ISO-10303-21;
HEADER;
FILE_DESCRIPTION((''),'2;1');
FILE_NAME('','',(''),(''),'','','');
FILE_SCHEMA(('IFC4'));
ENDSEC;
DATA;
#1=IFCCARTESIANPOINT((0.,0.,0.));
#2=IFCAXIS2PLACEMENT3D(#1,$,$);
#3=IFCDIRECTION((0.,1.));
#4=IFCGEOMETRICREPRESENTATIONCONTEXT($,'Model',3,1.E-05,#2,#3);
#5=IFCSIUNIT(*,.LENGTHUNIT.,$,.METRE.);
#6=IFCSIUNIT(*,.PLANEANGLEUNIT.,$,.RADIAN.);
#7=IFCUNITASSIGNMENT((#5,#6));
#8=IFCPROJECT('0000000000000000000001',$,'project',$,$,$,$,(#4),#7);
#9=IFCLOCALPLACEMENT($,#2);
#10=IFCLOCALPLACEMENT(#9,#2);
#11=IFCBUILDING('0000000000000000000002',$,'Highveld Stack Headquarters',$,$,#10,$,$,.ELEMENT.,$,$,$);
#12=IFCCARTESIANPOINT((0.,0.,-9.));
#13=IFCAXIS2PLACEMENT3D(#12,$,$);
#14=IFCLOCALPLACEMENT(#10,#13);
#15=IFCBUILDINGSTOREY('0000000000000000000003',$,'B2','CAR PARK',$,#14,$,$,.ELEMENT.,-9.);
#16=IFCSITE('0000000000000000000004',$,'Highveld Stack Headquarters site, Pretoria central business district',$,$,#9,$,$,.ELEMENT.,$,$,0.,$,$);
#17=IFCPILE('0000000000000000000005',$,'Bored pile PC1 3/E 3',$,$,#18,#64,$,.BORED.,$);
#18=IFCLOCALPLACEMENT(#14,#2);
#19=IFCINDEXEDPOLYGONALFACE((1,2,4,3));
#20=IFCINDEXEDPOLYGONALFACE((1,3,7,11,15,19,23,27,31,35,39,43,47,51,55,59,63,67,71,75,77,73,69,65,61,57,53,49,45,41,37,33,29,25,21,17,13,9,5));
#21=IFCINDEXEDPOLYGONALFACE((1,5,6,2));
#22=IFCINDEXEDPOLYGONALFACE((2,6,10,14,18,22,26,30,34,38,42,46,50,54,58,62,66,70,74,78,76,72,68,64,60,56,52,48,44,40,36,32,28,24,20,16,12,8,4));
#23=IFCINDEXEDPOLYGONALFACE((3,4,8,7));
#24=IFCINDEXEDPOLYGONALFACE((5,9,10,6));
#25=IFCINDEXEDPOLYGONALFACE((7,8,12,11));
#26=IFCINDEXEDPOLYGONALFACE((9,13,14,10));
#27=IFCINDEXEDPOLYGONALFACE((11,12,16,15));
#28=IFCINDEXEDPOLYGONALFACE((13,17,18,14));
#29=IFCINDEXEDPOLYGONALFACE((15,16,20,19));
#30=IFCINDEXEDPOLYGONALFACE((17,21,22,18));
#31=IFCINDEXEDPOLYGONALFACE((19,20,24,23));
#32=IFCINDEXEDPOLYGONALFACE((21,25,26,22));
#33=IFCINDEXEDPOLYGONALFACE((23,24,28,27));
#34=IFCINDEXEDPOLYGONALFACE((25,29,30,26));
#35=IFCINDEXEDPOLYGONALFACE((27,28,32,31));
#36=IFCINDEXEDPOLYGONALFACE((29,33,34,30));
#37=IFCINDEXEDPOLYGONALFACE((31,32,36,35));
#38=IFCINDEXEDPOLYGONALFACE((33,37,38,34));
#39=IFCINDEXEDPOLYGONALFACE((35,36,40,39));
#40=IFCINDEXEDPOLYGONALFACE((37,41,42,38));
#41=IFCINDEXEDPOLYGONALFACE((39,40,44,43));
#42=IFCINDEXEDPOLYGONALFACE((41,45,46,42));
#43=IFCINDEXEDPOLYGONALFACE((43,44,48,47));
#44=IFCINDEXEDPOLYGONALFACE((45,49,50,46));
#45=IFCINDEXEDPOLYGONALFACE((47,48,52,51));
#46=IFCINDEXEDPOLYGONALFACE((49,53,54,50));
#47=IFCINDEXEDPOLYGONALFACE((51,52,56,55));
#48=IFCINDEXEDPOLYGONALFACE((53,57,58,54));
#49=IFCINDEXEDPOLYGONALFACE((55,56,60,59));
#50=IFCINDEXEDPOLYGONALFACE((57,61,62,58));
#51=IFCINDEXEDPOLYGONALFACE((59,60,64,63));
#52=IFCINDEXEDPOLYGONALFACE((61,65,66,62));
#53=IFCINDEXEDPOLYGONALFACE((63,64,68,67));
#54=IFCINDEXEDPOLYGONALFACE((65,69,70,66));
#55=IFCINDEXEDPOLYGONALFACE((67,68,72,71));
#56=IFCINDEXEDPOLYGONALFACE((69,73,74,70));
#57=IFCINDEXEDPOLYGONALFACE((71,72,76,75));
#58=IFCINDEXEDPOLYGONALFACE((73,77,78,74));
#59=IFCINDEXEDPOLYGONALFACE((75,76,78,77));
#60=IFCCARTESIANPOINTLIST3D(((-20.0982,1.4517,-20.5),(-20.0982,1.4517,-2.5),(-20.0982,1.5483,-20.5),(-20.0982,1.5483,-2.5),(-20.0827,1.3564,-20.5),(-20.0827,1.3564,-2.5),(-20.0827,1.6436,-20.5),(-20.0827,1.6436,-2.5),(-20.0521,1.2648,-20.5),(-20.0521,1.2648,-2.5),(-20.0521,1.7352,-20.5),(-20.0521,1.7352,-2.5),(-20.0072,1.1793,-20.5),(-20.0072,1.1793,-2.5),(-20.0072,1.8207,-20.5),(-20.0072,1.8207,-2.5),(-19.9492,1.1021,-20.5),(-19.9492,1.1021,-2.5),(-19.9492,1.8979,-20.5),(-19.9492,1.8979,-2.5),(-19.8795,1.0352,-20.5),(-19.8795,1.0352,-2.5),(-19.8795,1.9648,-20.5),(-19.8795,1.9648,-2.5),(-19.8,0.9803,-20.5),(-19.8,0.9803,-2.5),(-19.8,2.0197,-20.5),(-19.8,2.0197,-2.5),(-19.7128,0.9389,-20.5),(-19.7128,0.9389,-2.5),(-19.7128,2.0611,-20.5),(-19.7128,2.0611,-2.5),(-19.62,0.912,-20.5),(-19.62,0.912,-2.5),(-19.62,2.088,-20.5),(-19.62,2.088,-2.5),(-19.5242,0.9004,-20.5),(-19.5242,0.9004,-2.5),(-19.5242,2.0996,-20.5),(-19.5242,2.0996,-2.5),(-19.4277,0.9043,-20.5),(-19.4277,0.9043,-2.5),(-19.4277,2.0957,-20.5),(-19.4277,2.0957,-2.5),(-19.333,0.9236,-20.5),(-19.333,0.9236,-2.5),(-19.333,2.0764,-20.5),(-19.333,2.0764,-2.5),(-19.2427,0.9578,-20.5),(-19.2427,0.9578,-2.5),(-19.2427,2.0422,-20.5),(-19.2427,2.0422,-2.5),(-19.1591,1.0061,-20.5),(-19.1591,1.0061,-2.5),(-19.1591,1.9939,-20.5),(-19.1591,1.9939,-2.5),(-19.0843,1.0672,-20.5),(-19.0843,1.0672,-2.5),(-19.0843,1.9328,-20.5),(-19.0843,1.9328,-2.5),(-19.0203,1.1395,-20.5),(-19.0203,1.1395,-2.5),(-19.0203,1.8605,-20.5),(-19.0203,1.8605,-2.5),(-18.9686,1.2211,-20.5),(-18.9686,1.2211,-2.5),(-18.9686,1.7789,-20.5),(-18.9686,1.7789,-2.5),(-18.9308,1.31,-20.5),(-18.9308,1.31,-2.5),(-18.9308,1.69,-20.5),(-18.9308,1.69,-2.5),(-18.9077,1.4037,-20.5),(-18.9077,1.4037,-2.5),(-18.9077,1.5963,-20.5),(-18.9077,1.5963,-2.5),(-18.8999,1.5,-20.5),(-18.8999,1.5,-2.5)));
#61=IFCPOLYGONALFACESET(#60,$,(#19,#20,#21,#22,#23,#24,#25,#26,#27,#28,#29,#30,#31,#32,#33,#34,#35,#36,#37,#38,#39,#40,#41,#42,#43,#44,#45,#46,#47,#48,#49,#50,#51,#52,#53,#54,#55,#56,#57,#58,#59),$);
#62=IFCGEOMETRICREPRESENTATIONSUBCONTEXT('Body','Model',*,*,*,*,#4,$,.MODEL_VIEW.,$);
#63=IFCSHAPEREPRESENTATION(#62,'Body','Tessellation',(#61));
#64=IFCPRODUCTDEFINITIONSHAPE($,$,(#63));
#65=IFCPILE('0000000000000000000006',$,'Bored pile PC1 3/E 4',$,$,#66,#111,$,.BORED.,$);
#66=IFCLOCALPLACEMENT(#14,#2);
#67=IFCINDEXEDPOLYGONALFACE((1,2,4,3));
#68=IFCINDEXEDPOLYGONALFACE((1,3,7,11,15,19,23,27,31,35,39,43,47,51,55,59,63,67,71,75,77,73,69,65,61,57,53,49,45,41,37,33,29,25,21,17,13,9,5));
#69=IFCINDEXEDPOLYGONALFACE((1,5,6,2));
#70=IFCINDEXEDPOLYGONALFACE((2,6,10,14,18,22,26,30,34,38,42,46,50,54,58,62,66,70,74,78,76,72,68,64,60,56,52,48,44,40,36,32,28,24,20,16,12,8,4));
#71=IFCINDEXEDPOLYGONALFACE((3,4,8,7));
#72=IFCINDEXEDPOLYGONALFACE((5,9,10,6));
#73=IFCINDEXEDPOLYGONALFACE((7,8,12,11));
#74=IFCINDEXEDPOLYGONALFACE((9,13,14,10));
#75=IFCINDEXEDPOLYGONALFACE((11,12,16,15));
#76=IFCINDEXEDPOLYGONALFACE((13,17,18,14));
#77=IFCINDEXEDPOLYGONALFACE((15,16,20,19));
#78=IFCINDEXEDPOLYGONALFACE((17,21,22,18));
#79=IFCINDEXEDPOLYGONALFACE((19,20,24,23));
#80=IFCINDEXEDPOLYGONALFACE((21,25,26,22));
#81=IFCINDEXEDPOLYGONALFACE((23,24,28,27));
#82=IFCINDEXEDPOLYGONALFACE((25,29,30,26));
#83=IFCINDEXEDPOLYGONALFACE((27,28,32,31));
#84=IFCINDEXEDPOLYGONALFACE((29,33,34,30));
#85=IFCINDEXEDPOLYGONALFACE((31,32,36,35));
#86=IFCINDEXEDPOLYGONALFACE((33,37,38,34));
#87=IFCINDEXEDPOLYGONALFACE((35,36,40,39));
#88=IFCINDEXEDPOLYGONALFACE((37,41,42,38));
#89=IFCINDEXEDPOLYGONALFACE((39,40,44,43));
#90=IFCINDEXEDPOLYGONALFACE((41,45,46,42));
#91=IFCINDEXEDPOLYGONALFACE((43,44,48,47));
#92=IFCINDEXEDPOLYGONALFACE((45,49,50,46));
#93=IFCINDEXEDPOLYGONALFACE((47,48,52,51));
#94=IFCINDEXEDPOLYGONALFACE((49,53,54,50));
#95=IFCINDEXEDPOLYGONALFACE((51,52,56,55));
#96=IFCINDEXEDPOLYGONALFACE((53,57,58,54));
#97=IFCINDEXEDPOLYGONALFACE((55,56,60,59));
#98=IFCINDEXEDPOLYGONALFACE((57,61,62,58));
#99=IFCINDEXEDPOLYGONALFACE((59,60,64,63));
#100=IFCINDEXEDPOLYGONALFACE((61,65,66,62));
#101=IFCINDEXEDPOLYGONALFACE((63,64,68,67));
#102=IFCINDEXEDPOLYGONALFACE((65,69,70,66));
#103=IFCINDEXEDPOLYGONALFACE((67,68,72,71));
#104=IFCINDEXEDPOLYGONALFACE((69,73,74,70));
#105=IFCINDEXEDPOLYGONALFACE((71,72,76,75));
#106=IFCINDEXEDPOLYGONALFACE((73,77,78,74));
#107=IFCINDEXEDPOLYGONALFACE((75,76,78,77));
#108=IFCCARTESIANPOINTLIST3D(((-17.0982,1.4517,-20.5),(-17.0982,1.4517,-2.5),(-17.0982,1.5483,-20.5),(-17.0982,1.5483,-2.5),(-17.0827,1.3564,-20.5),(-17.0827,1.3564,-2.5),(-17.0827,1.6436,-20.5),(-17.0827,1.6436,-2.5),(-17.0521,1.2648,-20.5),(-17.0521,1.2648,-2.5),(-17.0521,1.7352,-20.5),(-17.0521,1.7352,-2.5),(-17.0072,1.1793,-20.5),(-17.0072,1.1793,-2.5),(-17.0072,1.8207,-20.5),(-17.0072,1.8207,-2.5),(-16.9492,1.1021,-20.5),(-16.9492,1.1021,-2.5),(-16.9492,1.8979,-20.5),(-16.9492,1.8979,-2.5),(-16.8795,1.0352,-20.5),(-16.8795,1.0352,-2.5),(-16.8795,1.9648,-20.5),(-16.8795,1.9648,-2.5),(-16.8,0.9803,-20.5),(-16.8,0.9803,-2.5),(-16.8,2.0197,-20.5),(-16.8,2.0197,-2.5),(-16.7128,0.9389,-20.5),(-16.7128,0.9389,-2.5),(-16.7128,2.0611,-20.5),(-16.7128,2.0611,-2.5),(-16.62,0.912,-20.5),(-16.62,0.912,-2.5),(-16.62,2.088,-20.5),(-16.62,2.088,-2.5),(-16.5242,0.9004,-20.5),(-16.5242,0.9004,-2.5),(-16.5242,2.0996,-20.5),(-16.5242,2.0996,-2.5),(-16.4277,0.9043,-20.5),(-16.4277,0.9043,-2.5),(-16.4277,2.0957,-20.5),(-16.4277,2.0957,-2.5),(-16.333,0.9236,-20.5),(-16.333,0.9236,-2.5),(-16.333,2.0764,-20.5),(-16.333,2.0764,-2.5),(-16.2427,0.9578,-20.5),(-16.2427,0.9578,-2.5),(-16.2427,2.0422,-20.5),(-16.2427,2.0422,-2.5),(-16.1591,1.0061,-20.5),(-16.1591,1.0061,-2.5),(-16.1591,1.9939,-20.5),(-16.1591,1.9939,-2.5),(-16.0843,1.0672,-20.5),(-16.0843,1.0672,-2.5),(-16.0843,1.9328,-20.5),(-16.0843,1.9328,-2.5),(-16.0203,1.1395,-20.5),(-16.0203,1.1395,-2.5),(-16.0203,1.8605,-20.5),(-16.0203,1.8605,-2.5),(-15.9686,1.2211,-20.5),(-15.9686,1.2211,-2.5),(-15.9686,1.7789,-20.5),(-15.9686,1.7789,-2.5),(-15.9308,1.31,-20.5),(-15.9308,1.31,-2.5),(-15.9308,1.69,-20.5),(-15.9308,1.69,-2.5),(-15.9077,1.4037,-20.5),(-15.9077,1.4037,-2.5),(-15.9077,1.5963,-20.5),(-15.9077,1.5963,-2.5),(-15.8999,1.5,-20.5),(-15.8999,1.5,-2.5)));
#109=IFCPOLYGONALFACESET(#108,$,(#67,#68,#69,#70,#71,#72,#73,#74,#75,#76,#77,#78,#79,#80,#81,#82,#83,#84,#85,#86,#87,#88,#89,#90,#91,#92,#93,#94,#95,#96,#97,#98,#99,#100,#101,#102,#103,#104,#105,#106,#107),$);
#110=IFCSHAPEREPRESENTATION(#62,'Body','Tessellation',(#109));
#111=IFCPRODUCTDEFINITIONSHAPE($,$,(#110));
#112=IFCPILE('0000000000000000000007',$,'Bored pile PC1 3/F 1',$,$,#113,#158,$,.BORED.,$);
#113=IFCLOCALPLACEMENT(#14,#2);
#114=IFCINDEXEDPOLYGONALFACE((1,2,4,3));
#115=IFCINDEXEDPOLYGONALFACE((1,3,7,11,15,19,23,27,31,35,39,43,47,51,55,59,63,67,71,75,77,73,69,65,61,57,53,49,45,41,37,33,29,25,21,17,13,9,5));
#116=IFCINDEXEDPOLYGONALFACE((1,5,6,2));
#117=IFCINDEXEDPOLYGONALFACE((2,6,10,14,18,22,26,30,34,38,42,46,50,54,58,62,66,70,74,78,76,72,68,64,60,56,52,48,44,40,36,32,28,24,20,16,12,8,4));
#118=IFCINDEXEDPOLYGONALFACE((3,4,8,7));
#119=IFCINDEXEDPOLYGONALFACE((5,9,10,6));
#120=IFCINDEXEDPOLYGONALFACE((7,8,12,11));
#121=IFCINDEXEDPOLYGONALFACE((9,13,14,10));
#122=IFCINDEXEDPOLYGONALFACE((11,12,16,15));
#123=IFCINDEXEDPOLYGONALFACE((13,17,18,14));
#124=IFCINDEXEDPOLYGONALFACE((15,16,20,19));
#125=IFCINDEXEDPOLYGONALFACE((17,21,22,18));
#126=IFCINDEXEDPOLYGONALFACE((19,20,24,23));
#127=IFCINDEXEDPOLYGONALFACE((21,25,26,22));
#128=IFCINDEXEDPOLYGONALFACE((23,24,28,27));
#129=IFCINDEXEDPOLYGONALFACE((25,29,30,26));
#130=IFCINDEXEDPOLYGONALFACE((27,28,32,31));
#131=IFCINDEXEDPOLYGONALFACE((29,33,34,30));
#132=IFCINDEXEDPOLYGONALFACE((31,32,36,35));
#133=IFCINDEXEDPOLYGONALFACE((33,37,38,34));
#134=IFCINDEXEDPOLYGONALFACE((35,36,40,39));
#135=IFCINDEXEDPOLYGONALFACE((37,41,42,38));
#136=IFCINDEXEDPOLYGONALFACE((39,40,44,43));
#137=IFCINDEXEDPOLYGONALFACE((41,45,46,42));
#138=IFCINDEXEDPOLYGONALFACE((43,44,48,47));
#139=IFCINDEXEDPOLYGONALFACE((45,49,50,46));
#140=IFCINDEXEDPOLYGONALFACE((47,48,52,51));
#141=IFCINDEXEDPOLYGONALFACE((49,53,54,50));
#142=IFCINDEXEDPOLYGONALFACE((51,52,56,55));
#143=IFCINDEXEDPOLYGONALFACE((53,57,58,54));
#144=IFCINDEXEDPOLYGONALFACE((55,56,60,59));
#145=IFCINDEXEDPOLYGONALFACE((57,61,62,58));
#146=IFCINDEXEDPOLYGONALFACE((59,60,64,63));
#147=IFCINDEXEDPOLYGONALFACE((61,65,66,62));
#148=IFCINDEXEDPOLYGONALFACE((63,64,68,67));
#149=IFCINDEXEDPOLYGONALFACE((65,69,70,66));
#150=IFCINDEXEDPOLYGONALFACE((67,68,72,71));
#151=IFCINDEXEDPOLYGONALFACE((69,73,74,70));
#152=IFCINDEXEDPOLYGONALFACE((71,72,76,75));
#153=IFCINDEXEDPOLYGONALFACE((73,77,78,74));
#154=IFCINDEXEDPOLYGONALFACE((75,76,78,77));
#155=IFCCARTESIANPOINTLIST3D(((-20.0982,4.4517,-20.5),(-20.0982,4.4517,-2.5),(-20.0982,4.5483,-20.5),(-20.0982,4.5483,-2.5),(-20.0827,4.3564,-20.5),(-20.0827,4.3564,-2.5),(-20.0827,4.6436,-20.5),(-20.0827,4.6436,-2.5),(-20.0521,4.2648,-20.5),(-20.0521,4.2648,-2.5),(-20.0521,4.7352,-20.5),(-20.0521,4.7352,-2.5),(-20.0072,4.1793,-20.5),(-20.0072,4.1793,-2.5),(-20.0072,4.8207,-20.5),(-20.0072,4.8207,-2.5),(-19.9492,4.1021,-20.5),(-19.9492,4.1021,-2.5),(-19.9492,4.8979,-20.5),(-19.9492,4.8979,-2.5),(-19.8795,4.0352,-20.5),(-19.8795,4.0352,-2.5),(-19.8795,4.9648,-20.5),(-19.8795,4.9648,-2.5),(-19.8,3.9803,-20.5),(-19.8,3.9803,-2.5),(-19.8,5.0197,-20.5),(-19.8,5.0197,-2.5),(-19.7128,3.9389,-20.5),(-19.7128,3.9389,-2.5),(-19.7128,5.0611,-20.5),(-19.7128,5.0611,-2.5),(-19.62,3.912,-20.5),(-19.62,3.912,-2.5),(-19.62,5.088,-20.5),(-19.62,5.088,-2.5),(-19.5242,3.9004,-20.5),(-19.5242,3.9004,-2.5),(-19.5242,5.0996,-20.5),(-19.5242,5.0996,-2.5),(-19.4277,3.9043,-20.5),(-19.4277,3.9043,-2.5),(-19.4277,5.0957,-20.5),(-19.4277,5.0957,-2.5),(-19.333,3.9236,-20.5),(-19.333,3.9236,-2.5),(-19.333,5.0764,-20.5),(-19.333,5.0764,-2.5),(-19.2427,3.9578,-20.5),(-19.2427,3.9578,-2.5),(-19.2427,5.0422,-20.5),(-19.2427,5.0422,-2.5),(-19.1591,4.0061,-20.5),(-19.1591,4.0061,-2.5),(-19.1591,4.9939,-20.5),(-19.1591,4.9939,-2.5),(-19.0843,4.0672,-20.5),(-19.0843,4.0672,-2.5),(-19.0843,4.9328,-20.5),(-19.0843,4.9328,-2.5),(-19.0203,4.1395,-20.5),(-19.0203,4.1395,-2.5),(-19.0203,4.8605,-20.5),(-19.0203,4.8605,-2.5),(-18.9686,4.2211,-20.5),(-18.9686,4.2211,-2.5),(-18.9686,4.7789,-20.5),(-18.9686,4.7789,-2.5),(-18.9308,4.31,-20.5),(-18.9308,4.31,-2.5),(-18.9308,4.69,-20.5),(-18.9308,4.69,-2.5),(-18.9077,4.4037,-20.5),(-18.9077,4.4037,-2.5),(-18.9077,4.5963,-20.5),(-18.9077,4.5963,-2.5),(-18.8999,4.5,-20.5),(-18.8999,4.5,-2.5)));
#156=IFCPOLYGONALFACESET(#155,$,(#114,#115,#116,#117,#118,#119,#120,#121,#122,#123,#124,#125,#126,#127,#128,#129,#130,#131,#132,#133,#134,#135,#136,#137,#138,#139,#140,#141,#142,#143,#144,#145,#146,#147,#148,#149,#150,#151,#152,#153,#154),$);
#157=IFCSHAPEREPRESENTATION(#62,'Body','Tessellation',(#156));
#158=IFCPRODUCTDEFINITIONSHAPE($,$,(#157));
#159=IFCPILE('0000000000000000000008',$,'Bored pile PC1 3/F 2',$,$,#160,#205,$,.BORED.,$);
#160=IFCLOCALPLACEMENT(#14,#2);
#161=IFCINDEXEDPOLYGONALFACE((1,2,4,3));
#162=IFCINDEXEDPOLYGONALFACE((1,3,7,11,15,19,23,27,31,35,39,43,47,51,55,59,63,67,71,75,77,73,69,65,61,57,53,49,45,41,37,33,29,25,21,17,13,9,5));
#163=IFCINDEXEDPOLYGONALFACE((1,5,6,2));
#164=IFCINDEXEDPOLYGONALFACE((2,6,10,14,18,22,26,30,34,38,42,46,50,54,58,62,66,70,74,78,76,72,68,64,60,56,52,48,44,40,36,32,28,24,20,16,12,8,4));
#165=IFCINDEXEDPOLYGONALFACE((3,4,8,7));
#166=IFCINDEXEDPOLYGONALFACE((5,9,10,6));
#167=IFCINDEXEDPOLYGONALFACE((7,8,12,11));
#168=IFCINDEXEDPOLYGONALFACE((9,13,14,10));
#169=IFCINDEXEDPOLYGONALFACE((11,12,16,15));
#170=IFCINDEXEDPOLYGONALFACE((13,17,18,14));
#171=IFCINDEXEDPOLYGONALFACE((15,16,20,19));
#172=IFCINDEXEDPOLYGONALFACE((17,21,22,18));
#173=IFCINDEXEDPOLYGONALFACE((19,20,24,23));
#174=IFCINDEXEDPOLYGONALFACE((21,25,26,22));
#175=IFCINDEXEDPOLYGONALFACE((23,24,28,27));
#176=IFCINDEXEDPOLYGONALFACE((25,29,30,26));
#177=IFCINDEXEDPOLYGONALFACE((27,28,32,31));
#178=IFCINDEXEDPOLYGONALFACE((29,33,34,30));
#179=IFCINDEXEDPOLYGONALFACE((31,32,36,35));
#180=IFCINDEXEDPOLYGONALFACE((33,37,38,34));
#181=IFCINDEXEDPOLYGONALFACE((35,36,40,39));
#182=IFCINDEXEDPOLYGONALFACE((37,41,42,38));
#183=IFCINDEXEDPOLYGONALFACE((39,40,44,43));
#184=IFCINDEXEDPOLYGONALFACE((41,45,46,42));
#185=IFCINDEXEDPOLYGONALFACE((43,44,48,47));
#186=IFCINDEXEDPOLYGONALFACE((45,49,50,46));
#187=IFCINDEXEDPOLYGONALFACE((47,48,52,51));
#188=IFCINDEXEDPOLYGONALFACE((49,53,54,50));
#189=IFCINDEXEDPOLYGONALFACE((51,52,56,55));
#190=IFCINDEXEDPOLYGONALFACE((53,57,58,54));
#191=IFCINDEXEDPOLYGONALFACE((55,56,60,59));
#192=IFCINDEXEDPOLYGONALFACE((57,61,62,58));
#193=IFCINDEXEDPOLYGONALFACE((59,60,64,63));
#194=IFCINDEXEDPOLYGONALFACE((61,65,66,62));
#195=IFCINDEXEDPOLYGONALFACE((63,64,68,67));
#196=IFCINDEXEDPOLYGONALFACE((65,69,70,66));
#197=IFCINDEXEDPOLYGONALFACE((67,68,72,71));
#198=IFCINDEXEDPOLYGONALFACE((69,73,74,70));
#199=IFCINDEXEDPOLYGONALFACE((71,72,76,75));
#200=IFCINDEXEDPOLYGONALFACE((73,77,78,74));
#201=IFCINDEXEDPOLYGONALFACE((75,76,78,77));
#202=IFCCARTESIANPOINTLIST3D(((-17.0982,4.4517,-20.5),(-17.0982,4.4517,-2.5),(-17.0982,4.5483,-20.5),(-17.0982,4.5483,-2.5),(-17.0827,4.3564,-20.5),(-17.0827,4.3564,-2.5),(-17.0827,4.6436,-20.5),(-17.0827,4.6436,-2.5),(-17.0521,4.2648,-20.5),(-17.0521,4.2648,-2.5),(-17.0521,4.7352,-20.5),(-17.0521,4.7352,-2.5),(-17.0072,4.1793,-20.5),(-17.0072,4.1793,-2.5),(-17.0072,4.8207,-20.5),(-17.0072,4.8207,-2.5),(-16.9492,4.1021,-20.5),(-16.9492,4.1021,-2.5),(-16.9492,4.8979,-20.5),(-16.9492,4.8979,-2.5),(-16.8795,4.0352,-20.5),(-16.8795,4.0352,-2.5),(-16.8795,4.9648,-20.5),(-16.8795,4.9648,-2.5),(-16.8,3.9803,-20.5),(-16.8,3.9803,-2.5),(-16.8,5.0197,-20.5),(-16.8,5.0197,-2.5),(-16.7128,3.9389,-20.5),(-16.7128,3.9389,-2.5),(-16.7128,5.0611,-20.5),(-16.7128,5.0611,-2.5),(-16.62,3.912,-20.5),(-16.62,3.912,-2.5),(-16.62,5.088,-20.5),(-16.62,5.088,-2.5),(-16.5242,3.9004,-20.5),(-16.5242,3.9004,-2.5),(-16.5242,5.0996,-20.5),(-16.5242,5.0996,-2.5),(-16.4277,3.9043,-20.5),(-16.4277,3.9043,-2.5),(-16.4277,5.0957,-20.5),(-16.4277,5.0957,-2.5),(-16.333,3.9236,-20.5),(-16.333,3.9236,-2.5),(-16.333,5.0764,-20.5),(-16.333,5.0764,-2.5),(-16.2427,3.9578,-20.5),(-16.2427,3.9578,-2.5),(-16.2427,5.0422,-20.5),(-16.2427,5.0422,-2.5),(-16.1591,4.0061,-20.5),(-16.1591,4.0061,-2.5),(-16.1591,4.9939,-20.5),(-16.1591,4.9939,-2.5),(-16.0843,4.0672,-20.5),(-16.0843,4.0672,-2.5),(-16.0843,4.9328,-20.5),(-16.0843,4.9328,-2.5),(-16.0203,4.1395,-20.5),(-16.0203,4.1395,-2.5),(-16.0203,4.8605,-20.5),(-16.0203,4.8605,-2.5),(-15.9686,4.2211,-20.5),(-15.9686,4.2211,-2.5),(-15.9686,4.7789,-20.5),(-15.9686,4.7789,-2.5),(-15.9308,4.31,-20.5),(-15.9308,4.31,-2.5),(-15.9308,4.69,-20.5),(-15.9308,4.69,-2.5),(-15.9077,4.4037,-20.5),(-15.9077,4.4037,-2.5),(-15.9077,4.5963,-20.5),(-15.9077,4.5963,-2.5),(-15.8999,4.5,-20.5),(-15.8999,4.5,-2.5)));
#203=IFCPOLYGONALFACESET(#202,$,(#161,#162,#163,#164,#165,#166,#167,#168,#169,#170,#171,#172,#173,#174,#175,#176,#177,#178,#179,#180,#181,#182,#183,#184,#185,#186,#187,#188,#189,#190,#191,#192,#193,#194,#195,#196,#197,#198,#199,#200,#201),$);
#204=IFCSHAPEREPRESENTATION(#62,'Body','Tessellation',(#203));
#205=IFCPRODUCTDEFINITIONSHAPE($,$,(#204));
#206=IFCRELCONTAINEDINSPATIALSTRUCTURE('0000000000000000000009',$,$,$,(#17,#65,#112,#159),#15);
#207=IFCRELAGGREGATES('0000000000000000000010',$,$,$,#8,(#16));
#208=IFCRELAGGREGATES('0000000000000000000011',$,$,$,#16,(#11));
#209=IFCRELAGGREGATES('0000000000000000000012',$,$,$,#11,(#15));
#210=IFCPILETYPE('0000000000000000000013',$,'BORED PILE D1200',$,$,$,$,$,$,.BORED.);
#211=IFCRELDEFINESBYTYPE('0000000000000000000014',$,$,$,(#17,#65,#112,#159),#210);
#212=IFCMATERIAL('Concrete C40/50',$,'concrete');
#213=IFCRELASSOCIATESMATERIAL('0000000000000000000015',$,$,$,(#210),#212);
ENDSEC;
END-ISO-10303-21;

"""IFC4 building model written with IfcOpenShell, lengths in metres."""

from ifc_helpers import new_model, si_unit, direction, frame, origin, origin_2d, place, context, subcontext, project, spatial, circle, extrude, material, type_object, element, save


model = new_model("IFC4")

# Units and contexts
model_context = context("Model", 3, precision=1e-05, world=origin(), true_north=direction((0.0, 1.0)))
body_context = subcontext(model_context, "Body", "Model", "MODEL_VIEW")
ifc_project = project(units=[si_unit("LENGTHUNIT", "METRE"), si_unit("PLANEANGLEUNIT", "RADIAN")], contexts=[model_context])

# Site, building, storey
site_placement = place(None, origin())
site = spatial("IfcSite", under=ifc_project, at=site_placement, Name="Highveld Stack Headquarters site, Pretoria central business district", CompositionType="ELEMENT", RefElevation=0.0)
building_placement = place(site_placement, origin())
building = spatial("IfcBuilding", under=site, at=building_placement, Name="Highveld Stack Headquarters", CompositionType="ELEMENT")
storey_placement = place(building_placement, frame((0.0, 0.0, -9.0)))
storey = spatial("IfcBuildingStorey", under=building, at=storey_placement, Name="B2", Description="CAR PARK", CompositionType="ELEMENT", Elevation=-9.0)

# Piles
ifc_material_1 = material(Name="Concrete C40/50", Category="concrete")
pile_type_1 = type_object("IfcPileType", Name="BORED PILE D1200", PredefinedType="BORED", material=ifc_material_1)
for number, where, z_axis, x_axis, name in (
    (1, (-19.5, 1.5, -2.5), (0.0, 0.0, -1.0), (1.0, 0.0, 0.0), "Bored pile PC1 3/E 3"),
    (2, (-16.5, 1.5, -2.5), (0.0, 0.0, -1.0), (1.0, 0.0, 0.0), "Bored pile PC1 3/E 4"),
    (3, (-19.5, 4.5, -2.5), (0.0, 0.0, -1.0), (1.0, 0.0, 0.0), "Bored pile PC1 3/F 1"),
    (4, (-16.5, 4.5, -2.5), (0.0, 0.0, -1.0), (1.0, 0.0, 0.0), "Bored pile PC1 3/F 2"),
):
    element("IfcPile", number, at=place(storey_placement, frame(where, z_axis=z_axis, x_axis=x_axis)), inside=storey, type_object=pile_type_1, Name=name, PredefinedType="BORED", context=body_context, shape_type="SweptSolid", body=[
        extrude(circle(Radius=0.6001, at=origin_2d()), origin(), (0.0, 0.0, 1.0), 18.0),
    ])

save(model, "model.ifc")
